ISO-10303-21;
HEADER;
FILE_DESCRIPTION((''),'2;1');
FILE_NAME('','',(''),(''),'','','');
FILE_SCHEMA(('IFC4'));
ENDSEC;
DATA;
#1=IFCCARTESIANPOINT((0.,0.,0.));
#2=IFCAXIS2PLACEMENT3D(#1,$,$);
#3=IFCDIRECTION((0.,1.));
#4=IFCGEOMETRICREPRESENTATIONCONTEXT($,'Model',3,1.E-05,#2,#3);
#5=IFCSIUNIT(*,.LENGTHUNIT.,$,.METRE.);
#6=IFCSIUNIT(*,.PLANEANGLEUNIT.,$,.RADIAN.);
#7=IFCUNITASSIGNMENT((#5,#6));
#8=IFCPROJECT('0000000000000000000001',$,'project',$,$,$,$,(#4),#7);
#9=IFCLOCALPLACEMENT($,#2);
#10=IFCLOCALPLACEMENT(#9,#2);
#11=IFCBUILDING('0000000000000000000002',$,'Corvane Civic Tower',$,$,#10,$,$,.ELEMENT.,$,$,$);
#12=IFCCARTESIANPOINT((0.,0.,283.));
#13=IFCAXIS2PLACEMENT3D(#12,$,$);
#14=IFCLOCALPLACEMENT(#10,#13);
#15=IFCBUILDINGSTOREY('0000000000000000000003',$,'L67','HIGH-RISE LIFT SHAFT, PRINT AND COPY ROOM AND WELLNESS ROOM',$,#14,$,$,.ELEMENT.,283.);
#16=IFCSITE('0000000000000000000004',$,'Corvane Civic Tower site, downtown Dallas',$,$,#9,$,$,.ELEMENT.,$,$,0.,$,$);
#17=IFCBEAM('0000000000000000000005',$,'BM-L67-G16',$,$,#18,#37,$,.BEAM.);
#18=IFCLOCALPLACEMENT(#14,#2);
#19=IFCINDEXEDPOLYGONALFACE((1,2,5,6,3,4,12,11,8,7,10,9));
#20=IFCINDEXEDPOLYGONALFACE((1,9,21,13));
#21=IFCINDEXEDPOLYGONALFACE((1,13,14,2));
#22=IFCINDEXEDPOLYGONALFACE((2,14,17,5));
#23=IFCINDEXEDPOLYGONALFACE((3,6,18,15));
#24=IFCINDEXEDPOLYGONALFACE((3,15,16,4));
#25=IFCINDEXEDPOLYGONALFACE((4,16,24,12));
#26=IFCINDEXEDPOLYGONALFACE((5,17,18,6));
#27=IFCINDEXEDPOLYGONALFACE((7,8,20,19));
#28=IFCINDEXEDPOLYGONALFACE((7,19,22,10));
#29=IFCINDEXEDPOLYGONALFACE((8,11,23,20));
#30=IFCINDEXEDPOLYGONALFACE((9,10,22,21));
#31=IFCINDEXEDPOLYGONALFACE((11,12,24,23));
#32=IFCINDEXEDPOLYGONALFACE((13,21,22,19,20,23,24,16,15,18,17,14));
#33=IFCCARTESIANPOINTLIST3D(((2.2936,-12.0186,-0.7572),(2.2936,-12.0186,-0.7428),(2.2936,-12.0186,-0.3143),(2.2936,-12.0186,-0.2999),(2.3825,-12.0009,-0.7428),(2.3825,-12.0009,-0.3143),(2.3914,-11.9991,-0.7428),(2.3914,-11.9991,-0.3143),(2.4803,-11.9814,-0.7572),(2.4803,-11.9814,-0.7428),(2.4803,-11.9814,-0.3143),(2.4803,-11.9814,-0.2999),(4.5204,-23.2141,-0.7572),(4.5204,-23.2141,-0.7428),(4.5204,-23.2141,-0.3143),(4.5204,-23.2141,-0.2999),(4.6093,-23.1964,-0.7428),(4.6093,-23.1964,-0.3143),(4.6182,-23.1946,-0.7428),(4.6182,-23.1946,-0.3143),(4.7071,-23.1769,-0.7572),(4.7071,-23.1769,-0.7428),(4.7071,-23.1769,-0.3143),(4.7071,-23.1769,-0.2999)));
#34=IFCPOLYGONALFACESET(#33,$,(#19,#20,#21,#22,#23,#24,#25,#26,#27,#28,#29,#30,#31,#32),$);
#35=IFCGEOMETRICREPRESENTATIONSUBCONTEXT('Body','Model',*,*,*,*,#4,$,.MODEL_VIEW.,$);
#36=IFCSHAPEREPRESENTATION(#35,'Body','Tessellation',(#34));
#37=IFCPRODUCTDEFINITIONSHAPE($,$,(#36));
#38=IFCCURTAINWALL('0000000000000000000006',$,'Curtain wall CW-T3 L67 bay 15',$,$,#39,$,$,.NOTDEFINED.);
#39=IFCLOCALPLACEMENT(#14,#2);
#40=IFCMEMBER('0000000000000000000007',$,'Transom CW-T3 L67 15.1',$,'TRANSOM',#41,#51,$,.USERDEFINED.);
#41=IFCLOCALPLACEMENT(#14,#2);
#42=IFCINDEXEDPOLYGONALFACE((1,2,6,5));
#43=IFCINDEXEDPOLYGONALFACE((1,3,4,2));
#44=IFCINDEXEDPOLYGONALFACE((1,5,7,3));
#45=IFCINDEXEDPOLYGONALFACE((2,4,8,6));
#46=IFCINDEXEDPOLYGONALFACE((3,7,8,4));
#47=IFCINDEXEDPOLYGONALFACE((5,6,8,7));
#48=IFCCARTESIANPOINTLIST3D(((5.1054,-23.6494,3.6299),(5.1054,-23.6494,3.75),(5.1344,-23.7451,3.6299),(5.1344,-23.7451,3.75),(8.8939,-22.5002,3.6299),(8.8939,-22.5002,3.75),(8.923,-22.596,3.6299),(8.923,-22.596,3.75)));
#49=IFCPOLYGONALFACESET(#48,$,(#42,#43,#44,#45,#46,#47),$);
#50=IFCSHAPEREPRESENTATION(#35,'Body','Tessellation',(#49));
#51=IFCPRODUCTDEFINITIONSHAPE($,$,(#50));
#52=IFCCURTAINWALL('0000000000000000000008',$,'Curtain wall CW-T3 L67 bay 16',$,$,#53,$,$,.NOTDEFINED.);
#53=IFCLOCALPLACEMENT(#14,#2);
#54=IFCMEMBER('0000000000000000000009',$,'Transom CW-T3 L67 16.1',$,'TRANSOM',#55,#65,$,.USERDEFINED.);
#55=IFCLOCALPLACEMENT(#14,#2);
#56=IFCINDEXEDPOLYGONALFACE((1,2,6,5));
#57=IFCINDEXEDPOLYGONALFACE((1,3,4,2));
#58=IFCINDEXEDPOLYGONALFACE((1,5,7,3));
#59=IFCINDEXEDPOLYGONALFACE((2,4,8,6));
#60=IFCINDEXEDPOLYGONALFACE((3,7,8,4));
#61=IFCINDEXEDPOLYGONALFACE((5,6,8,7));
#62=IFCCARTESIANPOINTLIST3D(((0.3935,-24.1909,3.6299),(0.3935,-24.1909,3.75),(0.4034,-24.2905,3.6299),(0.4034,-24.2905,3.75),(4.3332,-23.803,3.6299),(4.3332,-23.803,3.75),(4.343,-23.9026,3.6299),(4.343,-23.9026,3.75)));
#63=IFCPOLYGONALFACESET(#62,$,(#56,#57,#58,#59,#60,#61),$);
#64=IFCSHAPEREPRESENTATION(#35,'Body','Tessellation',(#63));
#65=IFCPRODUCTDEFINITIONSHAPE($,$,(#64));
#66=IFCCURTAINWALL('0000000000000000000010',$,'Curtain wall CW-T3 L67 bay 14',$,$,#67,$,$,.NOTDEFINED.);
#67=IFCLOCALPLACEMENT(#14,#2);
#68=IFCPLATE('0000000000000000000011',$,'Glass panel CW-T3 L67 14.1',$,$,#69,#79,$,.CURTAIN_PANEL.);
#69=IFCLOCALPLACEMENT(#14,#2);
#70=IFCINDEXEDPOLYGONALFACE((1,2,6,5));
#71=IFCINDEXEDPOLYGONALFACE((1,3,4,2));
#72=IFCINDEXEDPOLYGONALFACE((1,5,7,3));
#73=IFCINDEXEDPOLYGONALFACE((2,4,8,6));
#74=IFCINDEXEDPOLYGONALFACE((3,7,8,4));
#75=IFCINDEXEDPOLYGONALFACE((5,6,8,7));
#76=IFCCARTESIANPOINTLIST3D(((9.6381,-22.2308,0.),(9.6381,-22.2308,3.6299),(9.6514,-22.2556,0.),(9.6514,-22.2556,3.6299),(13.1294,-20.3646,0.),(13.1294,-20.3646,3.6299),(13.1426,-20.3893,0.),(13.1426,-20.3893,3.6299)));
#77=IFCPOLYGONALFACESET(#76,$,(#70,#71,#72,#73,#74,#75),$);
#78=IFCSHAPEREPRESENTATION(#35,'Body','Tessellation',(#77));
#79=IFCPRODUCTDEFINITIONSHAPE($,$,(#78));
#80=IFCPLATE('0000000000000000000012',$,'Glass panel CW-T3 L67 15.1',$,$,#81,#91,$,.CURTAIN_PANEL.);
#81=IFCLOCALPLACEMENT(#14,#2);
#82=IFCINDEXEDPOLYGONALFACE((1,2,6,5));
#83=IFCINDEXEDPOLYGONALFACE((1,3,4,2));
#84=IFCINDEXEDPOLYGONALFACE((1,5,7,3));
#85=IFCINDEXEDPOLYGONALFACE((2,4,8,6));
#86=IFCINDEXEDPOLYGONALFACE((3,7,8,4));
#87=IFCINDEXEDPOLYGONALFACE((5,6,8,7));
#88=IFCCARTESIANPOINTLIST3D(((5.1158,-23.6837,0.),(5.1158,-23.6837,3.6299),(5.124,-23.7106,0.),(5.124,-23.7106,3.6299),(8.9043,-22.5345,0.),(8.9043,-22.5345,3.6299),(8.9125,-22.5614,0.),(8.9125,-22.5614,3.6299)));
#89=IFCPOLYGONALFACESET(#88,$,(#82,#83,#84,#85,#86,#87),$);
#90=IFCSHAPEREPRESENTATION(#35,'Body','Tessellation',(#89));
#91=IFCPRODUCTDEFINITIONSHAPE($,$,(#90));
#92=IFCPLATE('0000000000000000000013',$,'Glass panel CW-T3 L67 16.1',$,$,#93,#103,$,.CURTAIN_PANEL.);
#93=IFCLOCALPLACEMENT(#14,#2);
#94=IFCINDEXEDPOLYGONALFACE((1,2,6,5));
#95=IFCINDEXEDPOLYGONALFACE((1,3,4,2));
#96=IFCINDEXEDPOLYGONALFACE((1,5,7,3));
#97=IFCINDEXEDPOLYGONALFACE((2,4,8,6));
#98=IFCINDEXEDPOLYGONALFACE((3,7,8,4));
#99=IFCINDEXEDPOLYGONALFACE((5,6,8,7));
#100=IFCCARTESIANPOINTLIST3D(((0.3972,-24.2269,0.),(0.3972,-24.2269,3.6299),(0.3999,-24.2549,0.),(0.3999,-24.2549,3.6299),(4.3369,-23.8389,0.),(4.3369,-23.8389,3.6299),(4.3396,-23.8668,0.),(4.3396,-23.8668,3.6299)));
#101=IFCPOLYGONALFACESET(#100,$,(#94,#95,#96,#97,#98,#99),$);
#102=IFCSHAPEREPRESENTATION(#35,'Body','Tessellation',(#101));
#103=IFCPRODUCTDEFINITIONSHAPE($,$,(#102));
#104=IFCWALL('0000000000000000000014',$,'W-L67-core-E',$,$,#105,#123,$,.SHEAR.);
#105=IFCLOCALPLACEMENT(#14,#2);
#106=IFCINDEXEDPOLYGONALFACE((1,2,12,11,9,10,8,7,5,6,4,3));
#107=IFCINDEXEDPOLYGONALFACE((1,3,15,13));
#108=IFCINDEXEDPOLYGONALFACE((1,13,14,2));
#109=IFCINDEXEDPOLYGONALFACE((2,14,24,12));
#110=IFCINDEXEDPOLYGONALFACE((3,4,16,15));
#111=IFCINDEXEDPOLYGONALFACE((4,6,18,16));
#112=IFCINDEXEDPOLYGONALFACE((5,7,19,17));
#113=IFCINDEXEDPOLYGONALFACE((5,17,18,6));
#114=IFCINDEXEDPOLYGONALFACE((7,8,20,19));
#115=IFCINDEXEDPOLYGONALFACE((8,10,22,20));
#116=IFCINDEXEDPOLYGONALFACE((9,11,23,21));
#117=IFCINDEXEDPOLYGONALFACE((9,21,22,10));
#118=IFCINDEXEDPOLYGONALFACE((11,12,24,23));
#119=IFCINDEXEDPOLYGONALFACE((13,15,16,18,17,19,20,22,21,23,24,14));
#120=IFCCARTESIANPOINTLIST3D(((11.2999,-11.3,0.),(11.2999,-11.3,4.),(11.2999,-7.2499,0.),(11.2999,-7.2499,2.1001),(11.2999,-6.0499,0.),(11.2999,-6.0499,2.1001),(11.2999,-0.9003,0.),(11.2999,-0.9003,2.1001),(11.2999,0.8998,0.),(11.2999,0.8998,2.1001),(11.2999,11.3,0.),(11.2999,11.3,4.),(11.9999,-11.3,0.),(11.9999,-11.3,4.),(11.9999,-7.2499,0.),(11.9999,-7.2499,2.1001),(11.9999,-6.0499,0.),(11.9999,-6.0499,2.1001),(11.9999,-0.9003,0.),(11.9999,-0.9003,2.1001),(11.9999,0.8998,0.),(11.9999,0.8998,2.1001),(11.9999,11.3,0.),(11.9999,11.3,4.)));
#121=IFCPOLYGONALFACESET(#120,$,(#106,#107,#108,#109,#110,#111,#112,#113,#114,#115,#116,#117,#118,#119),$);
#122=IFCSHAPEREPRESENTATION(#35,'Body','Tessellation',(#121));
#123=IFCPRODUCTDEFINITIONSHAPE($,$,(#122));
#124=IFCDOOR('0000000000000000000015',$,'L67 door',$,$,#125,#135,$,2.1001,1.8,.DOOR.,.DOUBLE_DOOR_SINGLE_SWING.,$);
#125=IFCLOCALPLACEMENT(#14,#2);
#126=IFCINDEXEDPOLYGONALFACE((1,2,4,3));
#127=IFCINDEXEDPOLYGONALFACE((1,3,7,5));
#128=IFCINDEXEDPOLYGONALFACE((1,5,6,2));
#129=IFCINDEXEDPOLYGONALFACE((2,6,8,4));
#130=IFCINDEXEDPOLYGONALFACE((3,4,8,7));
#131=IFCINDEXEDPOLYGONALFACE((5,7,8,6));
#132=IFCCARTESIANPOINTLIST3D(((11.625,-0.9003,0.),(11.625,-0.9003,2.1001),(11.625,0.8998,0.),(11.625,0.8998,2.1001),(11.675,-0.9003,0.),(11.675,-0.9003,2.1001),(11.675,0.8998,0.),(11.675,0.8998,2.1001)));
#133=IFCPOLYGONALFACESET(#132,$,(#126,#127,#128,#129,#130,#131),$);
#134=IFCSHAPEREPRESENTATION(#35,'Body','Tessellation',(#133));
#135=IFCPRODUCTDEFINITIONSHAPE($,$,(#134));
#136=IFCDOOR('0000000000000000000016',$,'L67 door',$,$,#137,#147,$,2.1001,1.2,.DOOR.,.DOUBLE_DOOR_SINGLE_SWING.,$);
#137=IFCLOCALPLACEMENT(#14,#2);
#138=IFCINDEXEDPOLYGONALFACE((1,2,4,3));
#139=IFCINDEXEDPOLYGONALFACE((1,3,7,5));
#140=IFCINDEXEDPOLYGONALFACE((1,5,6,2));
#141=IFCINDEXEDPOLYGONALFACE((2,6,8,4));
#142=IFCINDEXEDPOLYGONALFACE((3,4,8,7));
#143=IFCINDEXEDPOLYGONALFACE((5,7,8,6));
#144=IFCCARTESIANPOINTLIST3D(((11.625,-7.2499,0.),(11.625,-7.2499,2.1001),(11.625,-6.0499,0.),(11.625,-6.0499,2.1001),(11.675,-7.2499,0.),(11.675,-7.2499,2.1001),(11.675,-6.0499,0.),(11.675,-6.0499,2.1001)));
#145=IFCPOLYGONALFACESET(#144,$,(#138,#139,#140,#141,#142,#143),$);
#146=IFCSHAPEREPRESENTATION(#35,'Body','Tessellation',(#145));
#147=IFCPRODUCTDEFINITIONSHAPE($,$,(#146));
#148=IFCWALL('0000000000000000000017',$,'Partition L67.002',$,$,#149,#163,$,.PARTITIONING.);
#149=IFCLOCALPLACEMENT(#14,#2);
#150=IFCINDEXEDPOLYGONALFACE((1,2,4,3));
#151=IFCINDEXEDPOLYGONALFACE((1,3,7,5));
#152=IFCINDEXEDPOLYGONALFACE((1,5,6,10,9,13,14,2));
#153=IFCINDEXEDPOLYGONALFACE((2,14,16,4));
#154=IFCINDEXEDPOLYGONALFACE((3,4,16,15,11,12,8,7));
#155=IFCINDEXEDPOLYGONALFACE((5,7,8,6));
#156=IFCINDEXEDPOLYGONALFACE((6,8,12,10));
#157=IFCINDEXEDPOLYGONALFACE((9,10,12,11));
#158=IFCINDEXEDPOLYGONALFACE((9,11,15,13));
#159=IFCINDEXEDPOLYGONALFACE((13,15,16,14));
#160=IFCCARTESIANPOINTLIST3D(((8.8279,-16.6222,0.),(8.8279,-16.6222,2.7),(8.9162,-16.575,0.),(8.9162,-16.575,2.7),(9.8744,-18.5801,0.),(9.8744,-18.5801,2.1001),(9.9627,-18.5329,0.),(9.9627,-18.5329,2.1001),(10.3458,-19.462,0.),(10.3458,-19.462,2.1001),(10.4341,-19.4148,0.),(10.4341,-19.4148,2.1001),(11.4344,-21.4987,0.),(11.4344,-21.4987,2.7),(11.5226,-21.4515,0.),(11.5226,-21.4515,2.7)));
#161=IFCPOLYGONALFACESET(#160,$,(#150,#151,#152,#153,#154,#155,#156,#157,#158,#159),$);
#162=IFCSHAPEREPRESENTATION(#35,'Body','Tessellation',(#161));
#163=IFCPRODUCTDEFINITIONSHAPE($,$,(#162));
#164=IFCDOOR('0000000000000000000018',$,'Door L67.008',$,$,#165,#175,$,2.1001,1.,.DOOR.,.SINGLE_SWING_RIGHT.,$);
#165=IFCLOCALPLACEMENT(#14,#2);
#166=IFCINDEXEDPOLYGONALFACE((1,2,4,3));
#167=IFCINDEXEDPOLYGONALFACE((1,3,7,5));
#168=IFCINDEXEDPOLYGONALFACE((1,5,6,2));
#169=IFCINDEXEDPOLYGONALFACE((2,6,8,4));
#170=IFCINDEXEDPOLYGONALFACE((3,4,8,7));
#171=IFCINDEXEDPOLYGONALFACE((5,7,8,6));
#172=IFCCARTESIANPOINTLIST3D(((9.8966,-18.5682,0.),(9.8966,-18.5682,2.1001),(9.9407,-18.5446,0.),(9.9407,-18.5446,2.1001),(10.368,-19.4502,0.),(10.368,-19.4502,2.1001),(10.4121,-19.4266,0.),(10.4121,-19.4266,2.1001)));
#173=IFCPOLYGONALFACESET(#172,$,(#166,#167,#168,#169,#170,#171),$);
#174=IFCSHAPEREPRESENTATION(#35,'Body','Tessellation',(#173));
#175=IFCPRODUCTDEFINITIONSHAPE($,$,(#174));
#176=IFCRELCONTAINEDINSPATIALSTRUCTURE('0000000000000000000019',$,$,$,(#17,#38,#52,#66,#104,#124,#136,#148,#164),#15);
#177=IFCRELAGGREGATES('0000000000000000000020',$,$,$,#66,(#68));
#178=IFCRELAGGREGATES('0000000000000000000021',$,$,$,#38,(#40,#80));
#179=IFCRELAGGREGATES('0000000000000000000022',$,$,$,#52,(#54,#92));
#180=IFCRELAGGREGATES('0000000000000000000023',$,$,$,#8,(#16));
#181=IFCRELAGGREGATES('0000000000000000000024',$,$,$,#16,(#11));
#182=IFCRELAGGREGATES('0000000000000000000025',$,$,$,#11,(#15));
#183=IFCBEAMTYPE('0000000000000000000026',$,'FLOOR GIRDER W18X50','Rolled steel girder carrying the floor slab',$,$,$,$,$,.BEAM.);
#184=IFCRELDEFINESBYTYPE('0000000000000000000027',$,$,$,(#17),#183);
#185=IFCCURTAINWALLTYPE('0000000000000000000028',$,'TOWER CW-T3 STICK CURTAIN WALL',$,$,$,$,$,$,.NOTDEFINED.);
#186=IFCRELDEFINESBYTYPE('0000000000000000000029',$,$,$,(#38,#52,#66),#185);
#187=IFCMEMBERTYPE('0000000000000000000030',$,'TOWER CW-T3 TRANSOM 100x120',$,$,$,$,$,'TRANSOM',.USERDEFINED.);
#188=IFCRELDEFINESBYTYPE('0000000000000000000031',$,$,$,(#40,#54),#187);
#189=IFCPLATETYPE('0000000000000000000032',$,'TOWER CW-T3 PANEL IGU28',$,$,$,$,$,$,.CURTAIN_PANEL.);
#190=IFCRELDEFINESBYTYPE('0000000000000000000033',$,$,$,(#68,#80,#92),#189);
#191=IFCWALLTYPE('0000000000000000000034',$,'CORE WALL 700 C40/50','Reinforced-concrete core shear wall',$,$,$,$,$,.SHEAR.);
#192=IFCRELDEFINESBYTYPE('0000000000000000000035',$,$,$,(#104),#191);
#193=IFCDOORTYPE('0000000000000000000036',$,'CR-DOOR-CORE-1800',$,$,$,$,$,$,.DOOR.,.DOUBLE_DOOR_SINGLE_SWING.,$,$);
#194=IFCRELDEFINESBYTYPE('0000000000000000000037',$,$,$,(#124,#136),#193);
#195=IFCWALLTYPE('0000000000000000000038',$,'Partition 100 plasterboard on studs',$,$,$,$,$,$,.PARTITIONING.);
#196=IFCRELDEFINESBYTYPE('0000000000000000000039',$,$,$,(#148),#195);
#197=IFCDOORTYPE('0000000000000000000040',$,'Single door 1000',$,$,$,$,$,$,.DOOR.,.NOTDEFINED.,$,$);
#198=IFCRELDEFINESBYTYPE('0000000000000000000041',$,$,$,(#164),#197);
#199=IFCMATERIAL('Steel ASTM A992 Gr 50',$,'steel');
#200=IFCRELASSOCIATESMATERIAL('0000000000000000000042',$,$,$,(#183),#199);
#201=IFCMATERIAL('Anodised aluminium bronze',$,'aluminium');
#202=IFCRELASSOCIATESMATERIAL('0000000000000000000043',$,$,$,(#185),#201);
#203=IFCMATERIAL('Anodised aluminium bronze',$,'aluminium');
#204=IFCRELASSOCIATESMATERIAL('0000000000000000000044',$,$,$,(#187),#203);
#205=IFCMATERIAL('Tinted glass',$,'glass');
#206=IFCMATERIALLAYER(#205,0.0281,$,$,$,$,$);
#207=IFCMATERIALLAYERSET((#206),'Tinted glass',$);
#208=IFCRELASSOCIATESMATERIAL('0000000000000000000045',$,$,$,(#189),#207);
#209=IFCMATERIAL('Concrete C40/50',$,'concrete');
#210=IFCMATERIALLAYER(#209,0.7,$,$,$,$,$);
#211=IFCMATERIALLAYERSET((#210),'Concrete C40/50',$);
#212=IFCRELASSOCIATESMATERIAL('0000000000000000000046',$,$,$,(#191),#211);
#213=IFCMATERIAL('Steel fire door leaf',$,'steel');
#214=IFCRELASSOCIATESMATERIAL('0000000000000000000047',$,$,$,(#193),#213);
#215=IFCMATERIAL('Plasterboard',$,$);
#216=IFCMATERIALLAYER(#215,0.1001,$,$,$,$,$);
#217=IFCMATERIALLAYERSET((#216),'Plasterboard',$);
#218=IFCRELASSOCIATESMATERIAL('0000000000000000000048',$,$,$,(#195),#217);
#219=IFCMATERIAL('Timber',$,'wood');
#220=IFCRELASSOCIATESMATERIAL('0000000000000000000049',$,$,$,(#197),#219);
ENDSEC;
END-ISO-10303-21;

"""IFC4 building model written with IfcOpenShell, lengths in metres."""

from ifc_helpers import new_model, si_unit, direction, frame, frame_2d, origin, origin_2d, place, context, subcontext, project, spatial, rectangle, i_section, extrude, material, layer, layer_set, material_profile, profile_set, type_object, element, fill, aggregate, save


model = new_model("IFC4")

# Units and contexts
model_context = context("Model", 3, precision=1e-05, world=origin(), true_north=direction((0.0, 1.0)))
body_context = subcontext(model_context, "Body", "Model", "MODEL_VIEW")
ifc_project = project(units=[si_unit("LENGTHUNIT", "METRE"), si_unit("PLANEANGLEUNIT", "RADIAN")], contexts=[model_context])

# Site, building, storey
site_placement = place(None, origin())
site = spatial("IfcSite", under=ifc_project, at=site_placement, Name="Corvane Civic Tower site, downtown Dallas", CompositionType="ELEMENT", RefElevation=0.0)
building_placement = place(site_placement, origin())
building = spatial("IfcBuilding", under=site, at=building_placement, Name="Corvane Civic Tower", CompositionType="ELEMENT")
storey_placement = place(building_placement, frame((0.0, 0.0, 283.0)))
storey = spatial("IfcBuildingStorey", under=building, at=storey_placement, Name="L67", Description="HIGH-RISE LIFT SHAFT, PRINT AND COPY ROOM AND WELLNESS ROOM", CompositionType="ELEMENT", Elevation=283.0)

# Beam
ifc_material_1 = material(Name="Steel ASTM A992 Gr 50", Category="steel")
ifc_material_profile_1 = material_profile(ifc_material_1, i_section(OverallWidth=0.1904, OverallDepth=0.4573, WebThickness=0.009, FlangeThickness=0.0144, at=origin_2d()), Name="W18X50")
ifc_profile_set_1 = profile_set([ifc_material_profile_1], Name="Steel ASTM A992 Gr 50")
beam_type_1 = type_object("IfcBeamType", Name="FLOOR GIRDER W18X50", Description="Rolled steel girder carrying the floor slab", PredefinedType="BEAM", material=ifc_profile_set_1)
beam_1_placement = place(storey_placement, frame((2.387, -12.0, -0.5286), z_axis=(0.19508, -0.980787, 0.0), x_axis=(0.980787, 0.19508, 0.0)))
element("IfcBeam", 1, at=beam_1_placement, inside=storey, type_object=beam_type_1, Name="BM-L67-G16", PredefinedType="BEAM", context=body_context, shape_type="SweptSolid", body=[
    extrude(i_section(OverallWidth=0.1904, OverallDepth=0.4573, WebThickness=0.009, FlangeThickness=0.0144, at=origin_2d()), origin(), (0.0, 0.0, 1.0), 11.4148),
])

# Curtain walls, members
ifc_material_2 = material(Name="Anodised aluminium bronze", Category="aluminium")
curtain_wall_type = type_object("IfcCurtainWallType", Name="TOWER CW-T3 STICK CURTAIN WALL", PredefinedType="NOTDEFINED", material=ifc_material_2)
curtain_wall_1_placement = place(storey_placement, origin())
curtain_wall_1 = element("IfcCurtainWall", 2, at=curtain_wall_1_placement, inside=storey, type_object=curtain_wall_type, Name="Curtain wall CW-T3 L67 bay 15", PredefinedType="NOTDEFINED")
ifc_material_3 = material(Name="Anodised aluminium bronze", Category="aluminium")
ifc_material_profile_2 = material_profile(ifc_material_3, rectangle(XDim=0.1001, YDim=0.1201, at=origin_2d()), Name="TOWER CW-T3 TRANSOM 100x120")
ifc_profile_set_2 = profile_set([ifc_material_profile_2], Name="Anodised aluminium bronze")
member_type = type_object("IfcMemberType", Name="TOWER CW-T3 TRANSOM 100x120", ElementType="TRANSOM", PredefinedType="USERDEFINED", material=ifc_profile_set_2)
member_1_placement = place(storey_placement, frame((8.9084, -22.5481, 3.6899), z_axis=(-0.956946, -0.290266, 0.0), x_axis=(0.290266, -0.956946, 0.0)))
member_1 = element("IfcMember", 3, at=member_1_placement, type_object=member_type, Name="Transom CW-T3 L67 15.1", ObjectType="TRANSOM", PredefinedType="USERDEFINED", context=body_context, shape_type="SweptSolid", body=[
    extrude(rectangle(XDim=0.1001, YDim=0.1201, at=origin_2d()), origin(), (0.0, 0.0, 1.0), 3.959),
])
curtain_wall_2_placement = place(storey_placement, origin())
curtain_wall_2 = element("IfcCurtainWall", 4, at=curtain_wall_2_placement, inside=storey, type_object=curtain_wall_type, Name="Curtain wall CW-T3 L67 bay 16", PredefinedType="NOTDEFINED")
member_2_placement = place(storey_placement, frame((4.3381, -23.8528, 3.6899), z_axis=(-0.995187, -0.097995, 0.0), x_axis=(0.097995, -0.995187, 0.0)))
member_2 = element("IfcMember", 5, at=member_2_placement, type_object=member_type, Name="Transom CW-T3 L67 16.1", ObjectType="TRANSOM", PredefinedType="USERDEFINED", context=body_context, shape_type="SweptSolid", body=[
    extrude(rectangle(XDim=0.1001, YDim=0.1201, at=origin_2d()), origin(), (0.0, 0.0, 1.0), 3.9587),
])

# Curtain wall, plate
curtain_wall_3_placement = place(storey_placement, origin())
curtain_wall_3 = element("IfcCurtainWall", 6, at=curtain_wall_3_placement, inside=storey, type_object=curtain_wall_type, Name="Curtain wall CW-T3 L67 bay 14", PredefinedType="NOTDEFINED")
ifc_material_4 = material(Name="Tinted glass", Category="glass")
ifc_layer_1 = layer(ifc_material_4, 0.0281)
ifc_layer_set_1 = layer_set([ifc_layer_1], Name="Tinted glass")
plate_type = type_object("IfcPlateType", Name="TOWER CW-T3 PANEL IGU28", PredefinedType="CURTAIN_PANEL", material=ifc_layer_set_1)
plate_1_placement = place(storey_placement, frame((11.3904, -21.3101, 0.0), z_axis=(0.0, 0.0, 1.0), x_axis=(-0.881908, -0.471421, 0.0)))
plate_1 = element("IfcPlate", 7, at=plate_1_placement, type_object=plate_type, Name="Glass panel CW-T3 L67 14.1", PredefinedType="CURTAIN_PANEL", context=body_context, shape_type="SweptSolid", body=[
    extrude(rectangle(XDim=3.9587, YDim=0.0281, at=origin_2d()), origin(), (0.0, 0.0, 1.0), 3.6299),
])
aggregate(curtain_wall_3, [plate_1])

# Plates
plate_2_placement = place(storey_placement, frame((7.0142, -23.1226, 0.0), z_axis=(0.0, 0.0, 1.0), x_axis=(-0.956944, -0.290274, 0.0)))
plate_2 = element("IfcPlate", 8, at=plate_2_placement, type_object=plate_type, Name="Glass panel CW-T3 L67 15.1", PredefinedType="CURTAIN_PANEL", context=body_context, shape_type="SweptSolid", body=[
    extrude(rectangle(XDim=3.959, YDim=0.0281, at=origin_2d()), origin(), (0.0, 0.0, 1.0), 3.6299),
])
aggregate(curtain_wall_1, [member_1, plate_2])
plate_3_placement = place(storey_placement, frame((2.3684, -24.0469, 0.0), z_axis=(0.0, 0.0, 1.0), x_axis=(-0.995184, -0.098021, 0.0)))
plate_3 = element("IfcPlate", 9, at=plate_3_placement, type_object=plate_type, Name="Glass panel CW-T3 L67 16.1", PredefinedType="CURTAIN_PANEL", context=body_context, shape_type="SweptSolid", body=[
    extrude(rectangle(XDim=3.9587, YDim=0.0281, at=origin_2d()), origin(), (0.0, 0.0, 1.0), 3.6299),
])
aggregate(curtain_wall_2, [member_2, plate_3])

# Wall, openings, doors
ifc_material_5 = material(Name="Concrete C40/50", Category="concrete")
ifc_layer_2 = layer(ifc_material_5, 0.7)
ifc_layer_set_2 = layer_set([ifc_layer_2], Name="Concrete C40/50")
wall_type_1 = type_object("IfcWallType", Name="CORE WALL 700 C40/50", Description="Reinforced-concrete core shear wall", PredefinedType="SHEAR", material=ifc_layer_set_2)
wall_1_placement = place(storey_placement, frame((11.6499, -11.3, 0.0), z_axis=(0.0, 0.0, 1.0), x_axis=(0.0, 1.0, 0.0)))
wall_1 = element("IfcWall", 10, at=wall_1_placement, inside=storey, type_object=wall_type_1, Name="W-L67-core-E", PredefinedType="SHEAR", context=body_context, shape_type="SweptSolid", body=[
    extrude(rectangle(XDim=22.6001, YDim=0.7, at=frame_2d((11.3, 0.0))), origin(), (0.0, 0.0, 1.0), 4.0),
])
opening_1_placement = place(wall_1_placement, frame((10.3999, 0.0, 0.0)))
opening_1 = element("IfcOpeningElement", 11, at=opening_1_placement, cuts=wall_1, PredefinedType="OPENING", context=body_context, shape_type="SweptSolid", body=[
    extrude(rectangle(XDim=1.8, YDim=2.1001, at=frame_2d((0.8999, 1.05))), frame((0.0, 0.3599, 0.0), z_axis=(0.0, -1.0, 0.0), x_axis=(1.0, 0.0, 0.0)), (0.0, 0.0, 1.0), 0.72),
])
opening_2_placement = place(wall_1_placement, frame((4.05, 0.0, 0.0)))
opening_2 = element("IfcOpeningElement", 12, at=opening_2_placement, cuts=wall_1, PredefinedType="OPENING", context=body_context, shape_type="SweptSolid", body=[
    extrude(rectangle(XDim=1.2, YDim=2.1001, at=frame_2d((0.6001, 1.05))), frame((0.0, 0.3599, 0.0), z_axis=(0.0, -1.0, 0.0), x_axis=(1.0, 0.0, 0.0)), (0.0, 0.0, 1.0), 0.72),
])
ifc_material_6 = material(Name="Steel fire door leaf", Category="steel")
door_type_1 = type_object("IfcDoorType", Name="CR-DOOR-CORE-1800", OperationType="DOUBLE_DOOR_SINGLE_SWING", PredefinedType="DOOR", material=ifc_material_6)
door_1_placement = place(opening_1_placement, origin())
door_1 = element("IfcDoor", 13, at=door_1_placement, inside=storey, type_object=door_type_1, Name="L67 door", OperationType="DOUBLE_DOOR_SINGLE_SWING", OverallHeight=2.1001, OverallWidth=1.8, PredefinedType="DOOR", context=body_context, shape_type="SweptSolid", body=[
    extrude(rectangle(XDim=1.8, YDim=2.1001, at=frame_2d((0.8999, 1.05))), frame((0.0, 0.0249, 0.0), z_axis=(0.0, -1.0, 0.0), x_axis=(1.0, 0.0, 0.0)), (0.0, 0.0, 1.0), 0.05),
])
fill(opening_1, door_1)
door_2_placement = place(opening_2_placement, origin())
door_2 = element("IfcDoor", 14, at=door_2_placement, inside=storey, type_object=door_type_1, Name="L67 door", OperationType="DOUBLE_DOOR_SINGLE_SWING", OverallHeight=2.1001, OverallWidth=1.2, PredefinedType="DOOR", context=body_context, shape_type="SweptSolid", body=[
    extrude(rectangle(XDim=1.2, YDim=2.1001, at=frame_2d((0.6001, 1.05))), frame((0.0, 0.0249, 0.0), z_axis=(0.0, -1.0, 0.0), x_axis=(1.0, 0.0, 0.0)), (0.0, 0.0, 1.0), 0.05),
])
fill(opening_2, door_2)

# Wall, opening, door
ifc_material_7 = material(Name="Plasterboard")
ifc_layer_3 = layer(ifc_material_7, 0.1001)
ifc_layer_set_3 = layer_set([ifc_layer_3], Name="Plasterboard")
wall_type_2 = type_object("IfcWallType", Name="Partition 100 plasterboard on studs", PredefinedType="PARTITIONING", material=ifc_layer_set_3)
wall_2_placement = place(storey_placement, frame((8.8721, -16.5986, 0.0), z_axis=(0.0, 0.0, 1.0), x_axis=(0.471386, -0.881927, 0.0)))
wall_2 = element("IfcWall", 15, at=wall_2_placement, inside=storey, type_object=wall_type_2, Name="Partition L67.002", PredefinedType="PARTITIONING", context=body_context, shape_type="SweptSolid", body=[
    extrude(rectangle(XDim=5.5293, YDim=0.1001, at=frame_2d((2.7646, 0.0))), origin(), (0.0, 0.0, 1.0), 2.7),
])
opening_3_placement = place(wall_2_placement, frame((2.22, 0.0, 0.0)))
opening_3 = element("IfcOpeningElement", 16, at=opening_3_placement, cuts=wall_2, PredefinedType="OPENING", context=body_context, shape_type="SweptSolid", body=[
    extrude(rectangle(XDim=1.0, YDim=2.1001, at=frame_2d((0.5, 1.05))), frame((0.0, 0.0601, 0.0), z_axis=(0.0, -1.0, 0.0), x_axis=(1.0, 0.0, 0.0)), (0.0, 0.0, 1.0), 0.1201),
])
ifc_material_8 = material(Name="Timber", Category="wood")
door_type_2 = type_object("IfcDoorType", Name="Single door 1000", OperationType="NOTDEFINED", PredefinedType="DOOR", material=ifc_material_8)
door_3_placement = place(opening_3_placement, frame((1.0, 0.0, 0.0), z_axis=(0.0, 0.0, 1.0), x_axis=(-1.0, 0.0, 0.0)))
door_3 = element("IfcDoor", 17, at=door_3_placement, inside=storey, type_object=door_type_2, Name="Door L67.008", OperationType="SINGLE_SWING_RIGHT", OverallHeight=2.1001, OverallWidth=1.0, PredefinedType="DOOR", context=body_context, shape_type="SweptSolid", body=[
    extrude(rectangle(XDim=1.0, YDim=2.1001, at=frame_2d((0.5, 1.05))), frame((0.0, 0.0249, 0.0), z_axis=(0.0, -1.0, 0.0), x_axis=(1.0, 0.0, 0.0)), (0.0, 0.0, 1.0), 0.05),
])
fill(opening_3, door_3)

save(model, "model.ifc")
